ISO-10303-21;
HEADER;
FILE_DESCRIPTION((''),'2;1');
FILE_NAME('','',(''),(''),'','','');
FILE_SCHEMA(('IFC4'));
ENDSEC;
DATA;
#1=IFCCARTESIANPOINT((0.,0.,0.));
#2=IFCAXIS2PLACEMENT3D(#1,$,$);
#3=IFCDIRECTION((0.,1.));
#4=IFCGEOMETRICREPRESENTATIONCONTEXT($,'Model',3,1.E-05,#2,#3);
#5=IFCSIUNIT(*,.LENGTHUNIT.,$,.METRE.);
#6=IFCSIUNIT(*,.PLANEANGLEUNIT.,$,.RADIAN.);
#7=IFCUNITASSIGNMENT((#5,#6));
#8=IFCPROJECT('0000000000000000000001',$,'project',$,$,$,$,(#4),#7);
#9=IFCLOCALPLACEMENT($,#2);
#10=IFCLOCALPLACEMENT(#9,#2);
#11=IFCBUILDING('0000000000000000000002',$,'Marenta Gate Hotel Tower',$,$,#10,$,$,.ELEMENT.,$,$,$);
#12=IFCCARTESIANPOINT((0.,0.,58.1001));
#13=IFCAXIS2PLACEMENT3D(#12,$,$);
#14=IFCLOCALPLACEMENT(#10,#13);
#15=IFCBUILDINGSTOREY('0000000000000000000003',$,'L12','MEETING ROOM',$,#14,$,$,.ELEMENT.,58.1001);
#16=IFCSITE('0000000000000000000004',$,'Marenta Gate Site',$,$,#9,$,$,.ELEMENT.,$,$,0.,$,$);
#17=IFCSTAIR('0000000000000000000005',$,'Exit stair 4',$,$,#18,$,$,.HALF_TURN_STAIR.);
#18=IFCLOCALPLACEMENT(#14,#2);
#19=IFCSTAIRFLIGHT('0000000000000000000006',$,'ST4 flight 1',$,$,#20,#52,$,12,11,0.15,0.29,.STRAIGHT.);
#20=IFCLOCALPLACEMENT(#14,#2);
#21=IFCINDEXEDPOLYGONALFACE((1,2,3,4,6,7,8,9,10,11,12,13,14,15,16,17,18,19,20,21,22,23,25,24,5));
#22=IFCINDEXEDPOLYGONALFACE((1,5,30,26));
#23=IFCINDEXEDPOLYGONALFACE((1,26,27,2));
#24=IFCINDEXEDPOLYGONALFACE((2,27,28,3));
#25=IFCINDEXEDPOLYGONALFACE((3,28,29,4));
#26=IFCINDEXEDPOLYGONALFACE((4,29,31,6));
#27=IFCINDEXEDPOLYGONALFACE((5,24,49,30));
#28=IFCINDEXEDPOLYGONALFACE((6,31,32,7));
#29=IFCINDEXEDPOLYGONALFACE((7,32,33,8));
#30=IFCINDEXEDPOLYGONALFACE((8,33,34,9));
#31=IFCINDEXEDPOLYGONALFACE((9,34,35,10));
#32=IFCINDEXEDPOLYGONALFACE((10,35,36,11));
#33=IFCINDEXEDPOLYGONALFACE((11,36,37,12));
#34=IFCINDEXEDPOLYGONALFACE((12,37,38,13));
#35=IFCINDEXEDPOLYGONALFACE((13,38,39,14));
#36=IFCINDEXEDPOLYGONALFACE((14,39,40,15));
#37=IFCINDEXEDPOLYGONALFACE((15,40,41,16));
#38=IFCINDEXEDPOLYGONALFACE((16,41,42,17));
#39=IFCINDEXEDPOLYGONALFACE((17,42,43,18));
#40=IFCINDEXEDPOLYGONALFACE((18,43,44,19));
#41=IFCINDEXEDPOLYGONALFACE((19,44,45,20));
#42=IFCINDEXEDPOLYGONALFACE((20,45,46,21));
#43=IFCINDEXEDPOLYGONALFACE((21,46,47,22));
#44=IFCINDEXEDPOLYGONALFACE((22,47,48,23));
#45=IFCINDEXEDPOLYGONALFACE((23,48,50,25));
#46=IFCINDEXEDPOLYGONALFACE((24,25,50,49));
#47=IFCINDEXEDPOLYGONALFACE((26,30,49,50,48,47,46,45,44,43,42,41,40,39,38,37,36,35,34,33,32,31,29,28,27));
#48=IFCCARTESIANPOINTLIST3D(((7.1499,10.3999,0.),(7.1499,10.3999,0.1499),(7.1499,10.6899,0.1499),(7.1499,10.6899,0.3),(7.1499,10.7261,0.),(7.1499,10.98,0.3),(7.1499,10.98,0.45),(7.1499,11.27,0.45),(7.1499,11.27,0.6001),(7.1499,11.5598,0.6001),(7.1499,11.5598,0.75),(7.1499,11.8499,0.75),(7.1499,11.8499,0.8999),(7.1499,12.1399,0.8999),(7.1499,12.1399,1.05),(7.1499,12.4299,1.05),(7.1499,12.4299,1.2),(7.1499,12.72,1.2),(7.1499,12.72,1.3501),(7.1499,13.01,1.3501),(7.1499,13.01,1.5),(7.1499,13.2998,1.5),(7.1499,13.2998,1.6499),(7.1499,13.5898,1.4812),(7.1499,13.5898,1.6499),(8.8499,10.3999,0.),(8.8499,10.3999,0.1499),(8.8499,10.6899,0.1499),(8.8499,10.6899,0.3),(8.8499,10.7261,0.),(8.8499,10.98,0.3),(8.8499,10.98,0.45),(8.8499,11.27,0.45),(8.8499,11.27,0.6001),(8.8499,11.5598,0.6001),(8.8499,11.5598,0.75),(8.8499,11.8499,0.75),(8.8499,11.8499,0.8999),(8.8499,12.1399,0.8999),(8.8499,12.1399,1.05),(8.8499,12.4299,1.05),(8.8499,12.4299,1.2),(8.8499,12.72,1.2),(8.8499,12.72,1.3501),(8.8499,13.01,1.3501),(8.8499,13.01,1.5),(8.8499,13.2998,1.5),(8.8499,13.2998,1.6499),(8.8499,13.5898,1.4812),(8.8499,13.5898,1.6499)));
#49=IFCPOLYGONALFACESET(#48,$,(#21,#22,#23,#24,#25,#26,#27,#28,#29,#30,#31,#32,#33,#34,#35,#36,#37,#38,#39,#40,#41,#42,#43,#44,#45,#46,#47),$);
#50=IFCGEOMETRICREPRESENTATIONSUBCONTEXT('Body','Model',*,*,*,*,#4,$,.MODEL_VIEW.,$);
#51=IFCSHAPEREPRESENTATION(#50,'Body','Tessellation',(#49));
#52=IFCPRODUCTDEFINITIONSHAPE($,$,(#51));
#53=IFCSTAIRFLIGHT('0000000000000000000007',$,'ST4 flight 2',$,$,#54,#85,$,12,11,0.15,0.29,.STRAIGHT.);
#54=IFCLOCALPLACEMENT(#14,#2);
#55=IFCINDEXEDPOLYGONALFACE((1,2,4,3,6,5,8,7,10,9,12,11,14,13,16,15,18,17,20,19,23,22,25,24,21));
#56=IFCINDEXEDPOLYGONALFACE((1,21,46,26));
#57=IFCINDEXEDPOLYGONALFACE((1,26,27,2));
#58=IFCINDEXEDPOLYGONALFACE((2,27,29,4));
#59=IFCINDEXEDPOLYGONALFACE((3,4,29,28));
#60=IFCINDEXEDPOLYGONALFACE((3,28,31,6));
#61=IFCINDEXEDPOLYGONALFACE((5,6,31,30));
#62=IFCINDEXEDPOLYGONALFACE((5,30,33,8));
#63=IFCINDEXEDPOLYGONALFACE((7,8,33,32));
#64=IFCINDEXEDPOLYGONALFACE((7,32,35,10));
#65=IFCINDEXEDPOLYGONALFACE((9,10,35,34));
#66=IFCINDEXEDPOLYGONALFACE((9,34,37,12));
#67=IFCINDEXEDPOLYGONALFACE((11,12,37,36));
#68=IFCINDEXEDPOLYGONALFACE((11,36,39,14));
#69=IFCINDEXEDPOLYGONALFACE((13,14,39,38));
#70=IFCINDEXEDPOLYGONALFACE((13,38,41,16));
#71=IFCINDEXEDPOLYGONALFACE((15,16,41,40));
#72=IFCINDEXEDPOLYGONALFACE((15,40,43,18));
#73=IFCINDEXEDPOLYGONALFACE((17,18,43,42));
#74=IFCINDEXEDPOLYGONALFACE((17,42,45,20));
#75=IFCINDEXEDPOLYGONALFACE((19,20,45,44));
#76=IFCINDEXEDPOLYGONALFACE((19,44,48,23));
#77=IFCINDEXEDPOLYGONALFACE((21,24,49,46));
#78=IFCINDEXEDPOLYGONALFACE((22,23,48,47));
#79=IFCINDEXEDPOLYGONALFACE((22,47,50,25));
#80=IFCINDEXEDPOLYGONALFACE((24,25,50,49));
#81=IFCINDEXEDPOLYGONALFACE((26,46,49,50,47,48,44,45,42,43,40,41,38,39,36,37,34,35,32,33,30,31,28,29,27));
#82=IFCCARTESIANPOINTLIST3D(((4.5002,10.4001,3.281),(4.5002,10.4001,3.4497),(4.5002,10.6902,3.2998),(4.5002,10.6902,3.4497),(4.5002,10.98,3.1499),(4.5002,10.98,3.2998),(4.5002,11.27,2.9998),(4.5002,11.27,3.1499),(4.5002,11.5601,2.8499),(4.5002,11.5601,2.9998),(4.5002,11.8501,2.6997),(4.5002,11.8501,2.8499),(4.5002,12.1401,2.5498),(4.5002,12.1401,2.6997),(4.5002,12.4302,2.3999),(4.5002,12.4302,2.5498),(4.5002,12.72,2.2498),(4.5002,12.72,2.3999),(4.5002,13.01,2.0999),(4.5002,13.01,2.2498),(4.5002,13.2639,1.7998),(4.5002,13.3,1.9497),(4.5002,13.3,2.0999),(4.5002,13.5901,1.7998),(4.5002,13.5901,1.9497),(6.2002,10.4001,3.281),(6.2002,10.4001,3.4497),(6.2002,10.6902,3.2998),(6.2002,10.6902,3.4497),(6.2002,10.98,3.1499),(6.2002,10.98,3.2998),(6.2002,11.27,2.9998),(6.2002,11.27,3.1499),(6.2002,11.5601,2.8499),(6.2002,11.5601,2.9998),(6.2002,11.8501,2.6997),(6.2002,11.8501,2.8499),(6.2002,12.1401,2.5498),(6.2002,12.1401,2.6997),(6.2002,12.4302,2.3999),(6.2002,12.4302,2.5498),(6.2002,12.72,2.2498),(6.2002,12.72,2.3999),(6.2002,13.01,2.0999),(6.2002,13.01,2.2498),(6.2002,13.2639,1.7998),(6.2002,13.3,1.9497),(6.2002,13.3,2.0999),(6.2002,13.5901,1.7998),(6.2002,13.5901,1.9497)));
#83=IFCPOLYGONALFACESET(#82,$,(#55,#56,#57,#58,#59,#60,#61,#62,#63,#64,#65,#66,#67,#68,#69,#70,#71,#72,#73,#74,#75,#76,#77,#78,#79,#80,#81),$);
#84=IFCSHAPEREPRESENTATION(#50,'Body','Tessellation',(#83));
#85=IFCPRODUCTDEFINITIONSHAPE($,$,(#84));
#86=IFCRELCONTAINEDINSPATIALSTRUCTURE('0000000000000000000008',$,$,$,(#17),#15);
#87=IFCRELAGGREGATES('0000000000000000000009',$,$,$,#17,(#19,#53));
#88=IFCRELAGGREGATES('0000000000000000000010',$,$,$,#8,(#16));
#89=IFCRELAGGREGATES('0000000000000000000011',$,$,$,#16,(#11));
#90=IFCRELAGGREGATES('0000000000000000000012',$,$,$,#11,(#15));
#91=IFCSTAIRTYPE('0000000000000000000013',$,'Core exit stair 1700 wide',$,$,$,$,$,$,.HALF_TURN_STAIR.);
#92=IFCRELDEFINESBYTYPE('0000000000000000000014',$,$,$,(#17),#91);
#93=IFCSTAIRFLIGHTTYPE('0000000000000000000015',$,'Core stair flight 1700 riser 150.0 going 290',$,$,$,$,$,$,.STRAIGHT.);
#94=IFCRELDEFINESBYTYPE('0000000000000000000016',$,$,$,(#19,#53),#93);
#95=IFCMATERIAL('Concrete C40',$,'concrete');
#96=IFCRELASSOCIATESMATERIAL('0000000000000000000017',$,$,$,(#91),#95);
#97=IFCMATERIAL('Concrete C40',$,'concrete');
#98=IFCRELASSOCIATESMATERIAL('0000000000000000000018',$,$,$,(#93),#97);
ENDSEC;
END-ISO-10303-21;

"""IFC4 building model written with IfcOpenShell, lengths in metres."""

from ifc_helpers import new_model, si_unit, direction, frame, origin, place, context, subcontext, project, spatial, polyline, outline, extrude, material, type_object, element, aggregate, save


model = new_model("IFC4")

# Units and contexts
model_context = context("Model", 3, precision=1e-05, world=origin(), true_north=direction((0.0, 1.0)))
body_context = subcontext(model_context, "Body", "Model", "MODEL_VIEW")
ifc_project = project(units=[si_unit("LENGTHUNIT", "METRE"), si_unit("PLANEANGLEUNIT", "RADIAN")], contexts=[model_context])

# Site, building, storey
site_placement = place(None, origin())
site = spatial("IfcSite", under=ifc_project, at=site_placement, Name="Marenta Gate Site", CompositionType="ELEMENT", RefElevation=0.0)
building_placement = place(site_placement, origin())
building = spatial("IfcBuilding", under=site, at=building_placement, Name="Marenta Gate Hotel Tower", CompositionType="ELEMENT")
storey_placement = place(building_placement, frame((0.0, 0.0, 58.1001)))
storey = spatial("IfcBuildingStorey", under=building, at=storey_placement, Name="L12", Description="MEETING ROOM", CompositionType="ELEMENT", Elevation=58.1001)

# Stair, stair flights
ifc_material_1 = material(Name="Concrete C40", Category="concrete")
stair_type = type_object("IfcStairType", Name="Core exit stair 1700 wide", PredefinedType="HALF_TURN_STAIR", material=ifc_material_1)
ifc_material_2 = material(Name="Concrete C40", Category="concrete")
stair_flight_type = type_object("IfcStairFlightType", Name="Core stair flight 1700 riser 150.0 going 290", PredefinedType="STRAIGHT", material=ifc_material_2)
stair_1_placement = place(storey_placement, origin())
stair_1 = element("IfcStair", 1, at=stair_1_placement, inside=storey, type_object=stair_type, Name="Exit stair 4", PredefinedType="HALF_TURN_STAIR")
stair_flight_1_placement = place(storey_placement, frame((8.0, 10.3999, 0.0), z_axis=(0.0, 0.0, 1.0), x_axis=(0.0, 1.0, 0.0)))
stair_flight_1 = element("IfcStairFlight", 2, at=stair_flight_1_placement, type_object=stair_flight_type, Name="ST4 flight 1", NumberOfRisers=12, NumberOfTreads=11, PredefinedType="STRAIGHT", RiserHeight=0.15, TreadLength=0.29, context=body_context, shape_type="SweptSolid", body=[
    extrude(outline(polyline([(0.0, 0.0), (0.0, 0.1499), (0.29, 0.1499), (0.29, 0.3), (0.5801, 0.3), (0.5801, 0.45), (0.8701, 0.45), (0.8701, 0.6001), (1.1599, 0.6001), (1.1599, 0.75), (1.45, 0.75), (1.45, 0.8999), (1.74, 0.8999), (1.74, 1.05), (2.03, 1.05), (2.03, 1.2), (2.3201, 1.2), (2.3201, 1.3501), (2.6101, 1.3501), (2.6101, 1.5), (2.8999, 1.5), (2.8999, 1.6499), (3.1899, 1.6499), (3.1899, 1.8), (3.1899, 1.4812), (0.3262, 0.0), (0.0, 0.0)])), frame((0.0, 0.8501, 0.0), z_axis=(0.0, -1.0, 0.0), x_axis=(1.0, 0.0, 0.0)), (0.0, 0.0, 1.0), 1.7),
])
stair_flight_2_placement = place(storey_placement, frame((5.3501, 13.5901, 1.7998), z_axis=(0.0, 0.0, 1.0), x_axis=(0.0, -1.0, 0.0)))
stair_flight_2 = element("IfcStairFlight", 3, at=stair_flight_2_placement, type_object=stair_flight_type, Name="ST4 flight 2", NumberOfRisers=12, NumberOfTreads=11, PredefinedType="STRAIGHT", RiserHeight=0.15, TreadLength=0.29, context=body_context, shape_type="SweptSolid", body=[
    extrude(outline(polyline([(0.0, 0.0), (0.0, 0.1499), (0.29, 0.1499), (0.29, 0.3), (0.5801, 0.3), (0.5801, 0.45), (0.8701, 0.45), (0.8701, 0.6001), (1.1599, 0.6001), (1.1599, 0.75), (1.45, 0.75), (1.45, 0.8999), (1.74, 0.8999), (1.74, 1.05), (2.03, 1.05), (2.03, 1.2), (2.3201, 1.2), (2.3201, 1.3501), (2.6101, 1.3501), (2.6101, 1.5), (2.8999, 1.5), (2.8999, 1.6499), (3.1899, 1.6499), (3.1899, 1.8), (3.1899, 1.4812), (0.3262, 0.0), (0.0, 0.0)])), frame((0.0, 0.8501, 0.0), z_axis=(0.0, -1.0, 0.0), x_axis=(1.0, 0.0, 0.0)), (0.0, 0.0, 1.0), 1.7),
])
aggregate(stair_1, [stair_flight_1, stair_flight_2])

save(model, "model.ifc")
